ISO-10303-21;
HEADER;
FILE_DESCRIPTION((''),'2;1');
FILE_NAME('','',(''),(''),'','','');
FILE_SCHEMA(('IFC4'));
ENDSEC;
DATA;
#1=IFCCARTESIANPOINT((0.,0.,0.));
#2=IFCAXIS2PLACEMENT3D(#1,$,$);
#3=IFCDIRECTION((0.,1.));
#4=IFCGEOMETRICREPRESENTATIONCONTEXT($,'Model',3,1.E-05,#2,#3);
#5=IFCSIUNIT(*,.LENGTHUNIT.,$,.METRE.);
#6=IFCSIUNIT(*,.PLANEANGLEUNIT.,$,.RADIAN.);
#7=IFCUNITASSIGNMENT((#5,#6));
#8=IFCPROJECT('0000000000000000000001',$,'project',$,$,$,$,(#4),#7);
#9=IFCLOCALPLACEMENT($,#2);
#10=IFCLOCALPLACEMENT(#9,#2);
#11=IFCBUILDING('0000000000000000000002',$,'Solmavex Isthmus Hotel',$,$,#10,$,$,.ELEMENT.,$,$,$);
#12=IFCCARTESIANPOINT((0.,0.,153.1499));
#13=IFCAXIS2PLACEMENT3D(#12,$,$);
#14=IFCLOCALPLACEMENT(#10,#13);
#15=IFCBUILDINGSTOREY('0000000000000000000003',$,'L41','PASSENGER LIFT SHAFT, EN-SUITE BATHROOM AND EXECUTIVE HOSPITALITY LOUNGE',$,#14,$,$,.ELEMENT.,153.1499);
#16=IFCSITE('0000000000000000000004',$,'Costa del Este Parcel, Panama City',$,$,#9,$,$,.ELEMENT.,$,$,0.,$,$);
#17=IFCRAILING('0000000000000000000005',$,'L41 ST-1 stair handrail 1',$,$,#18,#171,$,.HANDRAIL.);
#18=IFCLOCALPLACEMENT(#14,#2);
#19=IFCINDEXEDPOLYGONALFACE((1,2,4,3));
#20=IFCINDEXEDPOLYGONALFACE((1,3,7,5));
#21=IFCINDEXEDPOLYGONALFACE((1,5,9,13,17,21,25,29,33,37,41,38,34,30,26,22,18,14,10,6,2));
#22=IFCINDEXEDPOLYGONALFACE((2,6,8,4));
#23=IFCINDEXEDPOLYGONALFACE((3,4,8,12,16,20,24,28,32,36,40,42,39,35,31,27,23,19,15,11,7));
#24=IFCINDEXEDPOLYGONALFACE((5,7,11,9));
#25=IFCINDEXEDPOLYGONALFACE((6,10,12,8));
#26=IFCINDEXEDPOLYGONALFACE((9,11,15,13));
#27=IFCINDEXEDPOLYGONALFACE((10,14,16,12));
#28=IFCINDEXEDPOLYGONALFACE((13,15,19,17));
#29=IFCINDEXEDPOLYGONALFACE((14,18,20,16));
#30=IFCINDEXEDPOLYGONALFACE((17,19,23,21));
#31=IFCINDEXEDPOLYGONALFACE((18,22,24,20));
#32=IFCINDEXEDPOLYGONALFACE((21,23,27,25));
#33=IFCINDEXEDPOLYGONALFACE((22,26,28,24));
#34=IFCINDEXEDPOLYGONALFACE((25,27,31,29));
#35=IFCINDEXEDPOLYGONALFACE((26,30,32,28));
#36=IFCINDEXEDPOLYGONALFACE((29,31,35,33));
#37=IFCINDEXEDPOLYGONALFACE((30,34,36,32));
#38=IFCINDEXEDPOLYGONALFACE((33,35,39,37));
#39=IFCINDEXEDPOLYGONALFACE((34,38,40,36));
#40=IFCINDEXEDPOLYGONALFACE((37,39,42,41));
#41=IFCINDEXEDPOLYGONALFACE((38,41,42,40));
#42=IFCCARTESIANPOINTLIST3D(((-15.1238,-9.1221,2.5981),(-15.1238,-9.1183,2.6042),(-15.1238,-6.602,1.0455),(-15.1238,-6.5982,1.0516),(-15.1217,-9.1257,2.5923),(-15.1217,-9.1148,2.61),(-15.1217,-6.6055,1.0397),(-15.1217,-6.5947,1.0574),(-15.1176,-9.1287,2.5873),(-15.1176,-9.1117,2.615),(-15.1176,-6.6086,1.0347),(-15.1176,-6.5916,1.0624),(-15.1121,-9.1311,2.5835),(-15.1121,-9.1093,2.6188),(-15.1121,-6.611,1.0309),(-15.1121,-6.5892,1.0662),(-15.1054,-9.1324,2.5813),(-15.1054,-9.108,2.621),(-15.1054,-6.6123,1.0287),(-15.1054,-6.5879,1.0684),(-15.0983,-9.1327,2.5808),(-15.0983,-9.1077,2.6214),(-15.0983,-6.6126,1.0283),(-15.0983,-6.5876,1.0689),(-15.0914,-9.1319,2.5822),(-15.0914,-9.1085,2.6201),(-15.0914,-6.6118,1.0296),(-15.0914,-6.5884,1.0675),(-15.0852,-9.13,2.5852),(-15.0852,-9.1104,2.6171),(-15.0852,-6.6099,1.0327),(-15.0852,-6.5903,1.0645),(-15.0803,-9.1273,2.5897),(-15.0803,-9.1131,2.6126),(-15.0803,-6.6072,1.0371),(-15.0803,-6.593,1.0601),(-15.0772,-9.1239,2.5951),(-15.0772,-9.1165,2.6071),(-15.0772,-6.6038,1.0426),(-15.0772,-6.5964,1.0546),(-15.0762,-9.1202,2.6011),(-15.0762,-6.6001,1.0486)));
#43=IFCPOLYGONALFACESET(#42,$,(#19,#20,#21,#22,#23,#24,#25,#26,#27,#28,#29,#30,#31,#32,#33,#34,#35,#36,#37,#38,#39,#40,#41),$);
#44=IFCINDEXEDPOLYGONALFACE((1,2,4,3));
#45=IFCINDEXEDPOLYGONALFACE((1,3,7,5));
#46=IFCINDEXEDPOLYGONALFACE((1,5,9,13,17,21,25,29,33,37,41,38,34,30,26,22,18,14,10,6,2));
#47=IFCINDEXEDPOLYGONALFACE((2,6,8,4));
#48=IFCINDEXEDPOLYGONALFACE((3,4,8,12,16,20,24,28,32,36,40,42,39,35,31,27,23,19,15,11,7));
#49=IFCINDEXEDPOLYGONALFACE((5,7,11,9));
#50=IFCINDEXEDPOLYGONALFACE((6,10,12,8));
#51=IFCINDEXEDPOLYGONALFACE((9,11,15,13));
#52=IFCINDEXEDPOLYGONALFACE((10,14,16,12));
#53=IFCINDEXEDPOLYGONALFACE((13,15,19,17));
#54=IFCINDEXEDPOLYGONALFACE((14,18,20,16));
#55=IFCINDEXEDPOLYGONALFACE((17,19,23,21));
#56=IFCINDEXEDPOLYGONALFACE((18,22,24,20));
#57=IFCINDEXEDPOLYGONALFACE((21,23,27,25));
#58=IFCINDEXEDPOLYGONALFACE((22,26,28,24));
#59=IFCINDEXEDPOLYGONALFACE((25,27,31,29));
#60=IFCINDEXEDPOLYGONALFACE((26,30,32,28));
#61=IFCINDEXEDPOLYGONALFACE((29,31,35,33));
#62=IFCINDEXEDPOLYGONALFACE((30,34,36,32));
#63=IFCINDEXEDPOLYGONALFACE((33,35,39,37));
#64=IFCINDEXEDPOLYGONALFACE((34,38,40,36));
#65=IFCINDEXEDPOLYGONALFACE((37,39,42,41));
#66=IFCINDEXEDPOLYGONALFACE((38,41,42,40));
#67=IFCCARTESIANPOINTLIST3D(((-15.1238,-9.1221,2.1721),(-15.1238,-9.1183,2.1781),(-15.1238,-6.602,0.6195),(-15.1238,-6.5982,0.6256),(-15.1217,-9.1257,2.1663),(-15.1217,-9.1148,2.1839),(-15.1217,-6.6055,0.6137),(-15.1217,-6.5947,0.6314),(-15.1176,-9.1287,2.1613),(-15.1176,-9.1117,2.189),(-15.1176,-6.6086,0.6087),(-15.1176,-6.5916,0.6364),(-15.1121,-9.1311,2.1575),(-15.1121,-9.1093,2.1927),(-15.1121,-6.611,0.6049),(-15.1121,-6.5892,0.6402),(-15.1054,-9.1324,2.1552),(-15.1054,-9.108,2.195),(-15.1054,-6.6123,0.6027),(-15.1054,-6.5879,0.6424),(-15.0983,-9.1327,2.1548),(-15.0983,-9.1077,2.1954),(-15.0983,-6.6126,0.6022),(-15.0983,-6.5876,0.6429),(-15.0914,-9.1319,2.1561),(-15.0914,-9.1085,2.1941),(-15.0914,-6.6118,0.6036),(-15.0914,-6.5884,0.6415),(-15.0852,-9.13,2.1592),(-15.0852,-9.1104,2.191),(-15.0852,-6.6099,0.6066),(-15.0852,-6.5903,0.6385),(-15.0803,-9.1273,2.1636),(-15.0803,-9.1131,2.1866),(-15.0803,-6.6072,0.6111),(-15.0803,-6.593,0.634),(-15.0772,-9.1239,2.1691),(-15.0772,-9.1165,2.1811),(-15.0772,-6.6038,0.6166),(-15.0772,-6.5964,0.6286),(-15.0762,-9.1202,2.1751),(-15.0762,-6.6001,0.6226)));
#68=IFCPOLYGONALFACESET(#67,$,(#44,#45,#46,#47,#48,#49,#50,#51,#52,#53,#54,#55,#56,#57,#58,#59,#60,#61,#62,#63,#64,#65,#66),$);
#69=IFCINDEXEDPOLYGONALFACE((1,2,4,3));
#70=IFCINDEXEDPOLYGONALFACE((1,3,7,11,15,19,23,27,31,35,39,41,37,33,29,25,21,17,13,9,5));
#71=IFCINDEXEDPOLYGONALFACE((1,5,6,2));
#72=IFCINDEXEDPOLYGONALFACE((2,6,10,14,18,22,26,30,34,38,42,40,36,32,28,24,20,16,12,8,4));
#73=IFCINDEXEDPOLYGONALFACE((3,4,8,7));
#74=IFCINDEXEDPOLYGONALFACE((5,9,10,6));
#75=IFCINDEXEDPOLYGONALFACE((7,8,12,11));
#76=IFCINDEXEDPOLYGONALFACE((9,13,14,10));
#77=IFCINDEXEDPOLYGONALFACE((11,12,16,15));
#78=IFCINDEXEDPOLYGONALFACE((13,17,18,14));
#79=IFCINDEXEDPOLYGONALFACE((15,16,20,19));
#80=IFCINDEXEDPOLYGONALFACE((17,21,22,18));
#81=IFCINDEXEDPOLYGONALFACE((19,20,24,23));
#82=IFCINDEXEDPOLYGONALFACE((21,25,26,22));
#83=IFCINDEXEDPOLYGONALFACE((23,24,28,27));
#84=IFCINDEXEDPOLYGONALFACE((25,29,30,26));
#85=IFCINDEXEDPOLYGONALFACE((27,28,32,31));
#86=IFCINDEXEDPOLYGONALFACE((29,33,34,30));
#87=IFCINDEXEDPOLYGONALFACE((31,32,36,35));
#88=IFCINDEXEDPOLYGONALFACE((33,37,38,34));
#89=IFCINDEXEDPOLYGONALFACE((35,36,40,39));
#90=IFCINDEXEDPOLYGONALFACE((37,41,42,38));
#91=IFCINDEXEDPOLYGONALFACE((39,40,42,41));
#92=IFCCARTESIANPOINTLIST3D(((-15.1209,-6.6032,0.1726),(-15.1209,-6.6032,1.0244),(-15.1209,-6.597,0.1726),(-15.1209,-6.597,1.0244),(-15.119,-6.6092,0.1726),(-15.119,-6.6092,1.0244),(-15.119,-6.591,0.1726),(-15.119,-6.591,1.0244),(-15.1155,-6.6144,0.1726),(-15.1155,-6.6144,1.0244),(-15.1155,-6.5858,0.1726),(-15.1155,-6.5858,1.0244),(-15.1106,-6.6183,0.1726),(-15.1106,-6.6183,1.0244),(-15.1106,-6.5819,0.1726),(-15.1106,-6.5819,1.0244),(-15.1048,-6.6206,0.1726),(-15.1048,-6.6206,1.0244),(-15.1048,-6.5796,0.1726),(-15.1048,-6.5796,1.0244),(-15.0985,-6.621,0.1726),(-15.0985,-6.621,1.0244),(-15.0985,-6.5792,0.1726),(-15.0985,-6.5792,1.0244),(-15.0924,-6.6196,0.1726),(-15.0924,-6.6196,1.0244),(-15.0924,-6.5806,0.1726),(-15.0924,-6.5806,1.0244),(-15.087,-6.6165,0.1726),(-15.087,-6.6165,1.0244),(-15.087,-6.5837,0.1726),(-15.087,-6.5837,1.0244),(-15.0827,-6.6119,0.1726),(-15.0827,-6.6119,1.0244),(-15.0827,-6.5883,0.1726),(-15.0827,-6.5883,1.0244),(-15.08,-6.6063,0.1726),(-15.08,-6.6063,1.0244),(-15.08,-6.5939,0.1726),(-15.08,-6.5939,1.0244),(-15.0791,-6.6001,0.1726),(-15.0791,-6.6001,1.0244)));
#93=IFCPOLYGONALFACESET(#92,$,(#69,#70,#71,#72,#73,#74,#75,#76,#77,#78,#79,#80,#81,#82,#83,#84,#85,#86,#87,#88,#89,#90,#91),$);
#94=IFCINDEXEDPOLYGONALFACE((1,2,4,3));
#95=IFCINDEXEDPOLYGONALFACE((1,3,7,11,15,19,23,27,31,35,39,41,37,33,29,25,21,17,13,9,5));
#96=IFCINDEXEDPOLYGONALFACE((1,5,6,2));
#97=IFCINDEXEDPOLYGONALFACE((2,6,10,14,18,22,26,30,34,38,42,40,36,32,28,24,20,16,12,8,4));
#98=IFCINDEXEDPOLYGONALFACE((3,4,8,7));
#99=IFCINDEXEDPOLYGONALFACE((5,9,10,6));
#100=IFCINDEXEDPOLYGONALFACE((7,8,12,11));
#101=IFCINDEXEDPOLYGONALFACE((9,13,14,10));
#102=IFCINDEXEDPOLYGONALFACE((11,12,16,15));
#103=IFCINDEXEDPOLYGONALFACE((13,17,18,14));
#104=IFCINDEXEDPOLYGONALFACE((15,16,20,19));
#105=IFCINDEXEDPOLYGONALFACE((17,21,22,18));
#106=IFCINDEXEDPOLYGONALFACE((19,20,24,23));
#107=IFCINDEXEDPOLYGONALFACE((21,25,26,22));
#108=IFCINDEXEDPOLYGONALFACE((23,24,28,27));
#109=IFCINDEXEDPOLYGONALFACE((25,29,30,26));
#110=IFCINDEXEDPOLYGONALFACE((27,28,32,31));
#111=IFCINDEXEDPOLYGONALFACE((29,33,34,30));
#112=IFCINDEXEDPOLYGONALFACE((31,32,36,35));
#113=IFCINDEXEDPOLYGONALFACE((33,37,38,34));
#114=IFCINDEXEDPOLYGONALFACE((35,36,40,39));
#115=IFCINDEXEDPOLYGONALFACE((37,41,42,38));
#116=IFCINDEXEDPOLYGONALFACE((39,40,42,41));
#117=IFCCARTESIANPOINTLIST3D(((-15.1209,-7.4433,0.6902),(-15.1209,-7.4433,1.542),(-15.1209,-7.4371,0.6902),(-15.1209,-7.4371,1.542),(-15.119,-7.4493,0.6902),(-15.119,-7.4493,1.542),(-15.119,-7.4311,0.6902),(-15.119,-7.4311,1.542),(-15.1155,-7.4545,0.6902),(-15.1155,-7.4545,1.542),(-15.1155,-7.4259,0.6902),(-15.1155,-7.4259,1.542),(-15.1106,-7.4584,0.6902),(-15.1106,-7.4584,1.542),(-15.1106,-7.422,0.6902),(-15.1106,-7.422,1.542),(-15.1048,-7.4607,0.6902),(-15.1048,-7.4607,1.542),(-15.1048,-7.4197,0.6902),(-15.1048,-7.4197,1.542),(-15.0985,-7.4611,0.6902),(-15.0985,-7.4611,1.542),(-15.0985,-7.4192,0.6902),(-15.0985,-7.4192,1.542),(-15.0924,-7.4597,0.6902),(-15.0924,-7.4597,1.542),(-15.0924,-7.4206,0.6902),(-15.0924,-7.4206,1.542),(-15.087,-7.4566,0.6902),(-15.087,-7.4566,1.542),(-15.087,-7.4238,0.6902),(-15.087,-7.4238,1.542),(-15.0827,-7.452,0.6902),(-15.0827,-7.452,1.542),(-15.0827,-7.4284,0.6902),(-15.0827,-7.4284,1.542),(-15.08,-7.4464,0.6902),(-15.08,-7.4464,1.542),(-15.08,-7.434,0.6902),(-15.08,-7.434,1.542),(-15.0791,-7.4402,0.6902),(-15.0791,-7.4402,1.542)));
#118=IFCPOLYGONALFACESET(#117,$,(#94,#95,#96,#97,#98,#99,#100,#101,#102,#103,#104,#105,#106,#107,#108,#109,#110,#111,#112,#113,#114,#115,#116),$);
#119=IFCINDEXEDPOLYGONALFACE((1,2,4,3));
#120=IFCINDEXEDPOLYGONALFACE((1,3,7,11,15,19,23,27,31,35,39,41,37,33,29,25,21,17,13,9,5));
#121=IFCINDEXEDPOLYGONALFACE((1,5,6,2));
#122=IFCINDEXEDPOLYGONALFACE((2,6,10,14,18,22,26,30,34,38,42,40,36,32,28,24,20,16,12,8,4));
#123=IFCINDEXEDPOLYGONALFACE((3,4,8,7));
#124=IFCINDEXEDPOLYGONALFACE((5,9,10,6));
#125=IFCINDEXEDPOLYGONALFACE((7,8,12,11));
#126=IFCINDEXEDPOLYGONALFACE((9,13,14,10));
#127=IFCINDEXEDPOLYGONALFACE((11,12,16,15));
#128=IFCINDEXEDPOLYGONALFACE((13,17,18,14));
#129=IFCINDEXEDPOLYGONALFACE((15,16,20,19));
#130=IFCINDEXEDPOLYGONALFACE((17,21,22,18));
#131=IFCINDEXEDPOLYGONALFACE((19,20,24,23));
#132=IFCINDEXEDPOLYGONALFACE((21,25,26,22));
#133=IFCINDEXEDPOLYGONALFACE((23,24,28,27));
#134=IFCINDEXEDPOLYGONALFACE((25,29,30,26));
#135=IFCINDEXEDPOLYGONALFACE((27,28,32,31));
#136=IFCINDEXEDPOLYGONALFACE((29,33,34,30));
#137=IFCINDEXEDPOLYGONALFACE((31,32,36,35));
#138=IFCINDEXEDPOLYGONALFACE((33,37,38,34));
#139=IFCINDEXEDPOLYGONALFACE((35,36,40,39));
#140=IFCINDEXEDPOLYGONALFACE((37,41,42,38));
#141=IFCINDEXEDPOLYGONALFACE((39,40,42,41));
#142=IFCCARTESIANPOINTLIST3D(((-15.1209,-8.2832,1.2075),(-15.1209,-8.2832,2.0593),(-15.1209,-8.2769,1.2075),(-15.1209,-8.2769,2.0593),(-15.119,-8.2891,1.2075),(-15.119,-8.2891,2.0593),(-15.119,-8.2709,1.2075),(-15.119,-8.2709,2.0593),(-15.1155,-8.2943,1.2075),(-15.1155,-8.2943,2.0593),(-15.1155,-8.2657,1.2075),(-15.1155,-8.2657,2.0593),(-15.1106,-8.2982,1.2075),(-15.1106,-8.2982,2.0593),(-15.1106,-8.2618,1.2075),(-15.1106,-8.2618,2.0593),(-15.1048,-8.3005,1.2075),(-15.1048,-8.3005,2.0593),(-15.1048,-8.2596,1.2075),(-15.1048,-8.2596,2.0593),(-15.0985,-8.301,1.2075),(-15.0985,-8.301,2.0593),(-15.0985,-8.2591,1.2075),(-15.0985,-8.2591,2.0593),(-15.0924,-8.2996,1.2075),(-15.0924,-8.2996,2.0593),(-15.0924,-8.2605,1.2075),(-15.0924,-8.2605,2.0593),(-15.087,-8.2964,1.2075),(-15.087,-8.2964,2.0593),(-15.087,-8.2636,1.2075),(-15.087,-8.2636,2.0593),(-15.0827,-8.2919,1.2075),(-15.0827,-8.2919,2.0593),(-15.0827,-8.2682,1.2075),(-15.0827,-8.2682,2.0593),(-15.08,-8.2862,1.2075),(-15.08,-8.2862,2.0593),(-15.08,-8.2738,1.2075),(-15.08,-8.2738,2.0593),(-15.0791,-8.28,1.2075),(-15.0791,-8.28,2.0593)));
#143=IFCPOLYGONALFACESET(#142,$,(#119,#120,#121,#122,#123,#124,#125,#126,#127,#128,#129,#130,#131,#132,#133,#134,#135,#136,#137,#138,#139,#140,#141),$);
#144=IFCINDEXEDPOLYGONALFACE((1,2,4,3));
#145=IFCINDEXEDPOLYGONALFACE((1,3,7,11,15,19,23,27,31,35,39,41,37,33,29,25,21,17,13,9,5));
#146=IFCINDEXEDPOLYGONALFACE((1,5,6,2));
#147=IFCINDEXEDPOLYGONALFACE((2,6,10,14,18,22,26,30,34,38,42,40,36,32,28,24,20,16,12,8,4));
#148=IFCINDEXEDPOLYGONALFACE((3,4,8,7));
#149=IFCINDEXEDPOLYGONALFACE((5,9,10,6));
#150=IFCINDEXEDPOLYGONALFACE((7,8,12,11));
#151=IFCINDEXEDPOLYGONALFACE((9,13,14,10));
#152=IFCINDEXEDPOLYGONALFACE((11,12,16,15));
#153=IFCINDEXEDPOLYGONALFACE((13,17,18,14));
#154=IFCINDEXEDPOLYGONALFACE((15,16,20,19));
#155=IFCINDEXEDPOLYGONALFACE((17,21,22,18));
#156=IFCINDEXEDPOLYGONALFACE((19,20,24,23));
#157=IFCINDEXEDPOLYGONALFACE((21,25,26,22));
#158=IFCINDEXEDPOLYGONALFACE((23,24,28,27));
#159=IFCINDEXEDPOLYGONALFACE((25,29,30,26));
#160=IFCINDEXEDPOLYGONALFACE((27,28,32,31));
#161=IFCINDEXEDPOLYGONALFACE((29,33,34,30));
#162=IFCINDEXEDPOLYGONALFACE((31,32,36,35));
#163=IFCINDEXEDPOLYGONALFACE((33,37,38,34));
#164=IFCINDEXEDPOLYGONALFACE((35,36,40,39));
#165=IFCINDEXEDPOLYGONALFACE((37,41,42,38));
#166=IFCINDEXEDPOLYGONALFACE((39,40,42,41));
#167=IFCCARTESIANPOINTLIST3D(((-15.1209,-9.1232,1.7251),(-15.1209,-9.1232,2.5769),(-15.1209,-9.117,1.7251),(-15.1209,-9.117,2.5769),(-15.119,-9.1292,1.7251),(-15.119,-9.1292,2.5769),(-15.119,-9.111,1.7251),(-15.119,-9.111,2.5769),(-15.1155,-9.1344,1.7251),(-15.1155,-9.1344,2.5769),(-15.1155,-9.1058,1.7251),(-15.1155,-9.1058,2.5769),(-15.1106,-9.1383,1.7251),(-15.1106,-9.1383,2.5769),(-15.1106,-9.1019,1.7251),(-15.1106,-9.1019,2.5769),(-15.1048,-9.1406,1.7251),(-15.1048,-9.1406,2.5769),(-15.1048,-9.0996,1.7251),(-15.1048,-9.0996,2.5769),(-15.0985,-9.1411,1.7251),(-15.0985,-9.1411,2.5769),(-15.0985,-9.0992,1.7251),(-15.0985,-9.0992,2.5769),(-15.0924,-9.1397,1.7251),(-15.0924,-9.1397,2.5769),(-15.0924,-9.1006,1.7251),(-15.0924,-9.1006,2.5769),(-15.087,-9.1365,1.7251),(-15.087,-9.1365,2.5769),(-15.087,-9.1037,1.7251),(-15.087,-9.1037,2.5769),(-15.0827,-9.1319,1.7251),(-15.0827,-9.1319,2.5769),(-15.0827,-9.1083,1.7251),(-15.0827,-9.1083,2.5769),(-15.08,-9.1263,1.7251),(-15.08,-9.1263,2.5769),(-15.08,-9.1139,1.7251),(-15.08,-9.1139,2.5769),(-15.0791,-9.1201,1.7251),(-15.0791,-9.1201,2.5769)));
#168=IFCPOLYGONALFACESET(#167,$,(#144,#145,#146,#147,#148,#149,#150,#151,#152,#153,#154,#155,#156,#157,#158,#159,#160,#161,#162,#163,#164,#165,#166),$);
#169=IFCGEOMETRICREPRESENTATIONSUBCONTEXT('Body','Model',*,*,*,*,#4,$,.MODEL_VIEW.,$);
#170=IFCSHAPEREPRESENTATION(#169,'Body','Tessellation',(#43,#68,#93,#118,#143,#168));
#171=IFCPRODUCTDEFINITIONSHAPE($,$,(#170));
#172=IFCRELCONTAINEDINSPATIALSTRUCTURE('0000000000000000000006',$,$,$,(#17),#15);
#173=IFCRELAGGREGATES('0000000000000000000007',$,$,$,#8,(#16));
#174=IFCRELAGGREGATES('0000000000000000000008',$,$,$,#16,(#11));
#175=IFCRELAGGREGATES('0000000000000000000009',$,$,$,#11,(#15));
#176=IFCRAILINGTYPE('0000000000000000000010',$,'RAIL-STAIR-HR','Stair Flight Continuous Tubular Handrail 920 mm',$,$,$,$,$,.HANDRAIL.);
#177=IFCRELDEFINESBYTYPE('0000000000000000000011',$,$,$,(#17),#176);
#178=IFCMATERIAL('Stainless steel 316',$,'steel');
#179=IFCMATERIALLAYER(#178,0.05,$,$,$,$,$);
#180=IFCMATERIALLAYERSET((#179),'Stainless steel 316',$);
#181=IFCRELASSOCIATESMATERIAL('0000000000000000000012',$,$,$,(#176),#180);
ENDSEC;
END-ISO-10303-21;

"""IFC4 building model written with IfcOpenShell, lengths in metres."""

from ifc_helpers import new_model, si_unit, direction, frame, origin, origin_2d, place, context, subcontext, project, spatial, circle, extrude, material, layer, layer_set, type_object, element, save


model = new_model("IFC4")

# Units and contexts
model_context = context("Model", 3, precision=1e-05, world=origin(), true_north=direction((0.0, 1.0)))
body_context = subcontext(model_context, "Body", "Model", "MODEL_VIEW")
ifc_project = project(units=[si_unit("LENGTHUNIT", "METRE"), si_unit("PLANEANGLEUNIT", "RADIAN")], contexts=[model_context])

# Site, building, storey
site_placement = place(None, origin())
site = spatial("IfcSite", under=ifc_project, at=site_placement, Name="Costa del Este Parcel, Panama City", CompositionType="ELEMENT", RefElevation=0.0)
building_placement = place(site_placement, origin())
building = spatial("IfcBuilding", under=site, at=building_placement, Name="Solmavex Isthmus Hotel", CompositionType="ELEMENT")
storey_placement = place(building_placement, frame((0.0, 0.0, 153.1499)))
storey = spatial("IfcBuildingStorey", under=building, at=storey_placement, Name="L41", Description="PASSENGER LIFT SHAFT, EN-SUITE BATHROOM AND EXECUTIVE HOSPITALITY LOUNGE", CompositionType="ELEMENT", Elevation=153.1499)

# Railing
ifc_material_1 = material(Name="Stainless steel 316", Category="steel")
ifc_layer_1 = layer(ifc_material_1, 0.05)
ifc_layer_set_1 = layer_set([ifc_layer_1], Name="Stainless steel 316")
railing_type = type_object("IfcRailingType", Name="RAIL-STAIR-HR", Description="Stair Flight Continuous Tubular Handrail 920 mm", PredefinedType="HANDRAIL", material=ifc_layer_set_1)
railing_placement = place(storey_placement, frame((-15.1001, -6.6001, 0.1726)))
element("IfcRailing", 1, at=railing_placement, inside=storey, type_object=railing_type, Name="L41 ST-1 stair handrail 1", PredefinedType="HANDRAIL", context=body_context, shape_type="SweptSolid", body=[
    extrude(circle(Radius=0.0239, at=origin_2d()), frame((0.0, 0.0, 0.876), z_axis=(0.0, -0.8514, 0.524516), x_axis=(1.0, 0.0, 0.0)), (0.0, 0.0, 1.0), 2.96),
    extrude(circle(Radius=0.0239, at=origin_2d()), frame((0.0, 0.0, 0.45), z_axis=(0.0, -0.8514, 0.524516), x_axis=(1.0, 0.0, 0.0)), (0.0, 0.0, 1.0), 2.96),
    extrude(circle(Radius=0.021, at=origin_2d()), origin(), (0.0, 0.0, 1.0), 0.8518),
    extrude(circle(Radius=0.021, at=origin_2d()), frame((0.0, -0.8401, 0.5176)), (0.0, 0.0, 1.0), 0.8518),
    extrude(circle(Radius=0.021, at=origin_2d()), frame((0.0, -1.6799, 1.0349)), (0.0, 0.0, 1.0), 0.8518),
    extrude(circle(Radius=0.021, at=origin_2d()), frame((0.0, -2.52, 1.5525)), (0.0, 0.0, 1.0), 0.8518),
])

save(model, "model.ifc")
